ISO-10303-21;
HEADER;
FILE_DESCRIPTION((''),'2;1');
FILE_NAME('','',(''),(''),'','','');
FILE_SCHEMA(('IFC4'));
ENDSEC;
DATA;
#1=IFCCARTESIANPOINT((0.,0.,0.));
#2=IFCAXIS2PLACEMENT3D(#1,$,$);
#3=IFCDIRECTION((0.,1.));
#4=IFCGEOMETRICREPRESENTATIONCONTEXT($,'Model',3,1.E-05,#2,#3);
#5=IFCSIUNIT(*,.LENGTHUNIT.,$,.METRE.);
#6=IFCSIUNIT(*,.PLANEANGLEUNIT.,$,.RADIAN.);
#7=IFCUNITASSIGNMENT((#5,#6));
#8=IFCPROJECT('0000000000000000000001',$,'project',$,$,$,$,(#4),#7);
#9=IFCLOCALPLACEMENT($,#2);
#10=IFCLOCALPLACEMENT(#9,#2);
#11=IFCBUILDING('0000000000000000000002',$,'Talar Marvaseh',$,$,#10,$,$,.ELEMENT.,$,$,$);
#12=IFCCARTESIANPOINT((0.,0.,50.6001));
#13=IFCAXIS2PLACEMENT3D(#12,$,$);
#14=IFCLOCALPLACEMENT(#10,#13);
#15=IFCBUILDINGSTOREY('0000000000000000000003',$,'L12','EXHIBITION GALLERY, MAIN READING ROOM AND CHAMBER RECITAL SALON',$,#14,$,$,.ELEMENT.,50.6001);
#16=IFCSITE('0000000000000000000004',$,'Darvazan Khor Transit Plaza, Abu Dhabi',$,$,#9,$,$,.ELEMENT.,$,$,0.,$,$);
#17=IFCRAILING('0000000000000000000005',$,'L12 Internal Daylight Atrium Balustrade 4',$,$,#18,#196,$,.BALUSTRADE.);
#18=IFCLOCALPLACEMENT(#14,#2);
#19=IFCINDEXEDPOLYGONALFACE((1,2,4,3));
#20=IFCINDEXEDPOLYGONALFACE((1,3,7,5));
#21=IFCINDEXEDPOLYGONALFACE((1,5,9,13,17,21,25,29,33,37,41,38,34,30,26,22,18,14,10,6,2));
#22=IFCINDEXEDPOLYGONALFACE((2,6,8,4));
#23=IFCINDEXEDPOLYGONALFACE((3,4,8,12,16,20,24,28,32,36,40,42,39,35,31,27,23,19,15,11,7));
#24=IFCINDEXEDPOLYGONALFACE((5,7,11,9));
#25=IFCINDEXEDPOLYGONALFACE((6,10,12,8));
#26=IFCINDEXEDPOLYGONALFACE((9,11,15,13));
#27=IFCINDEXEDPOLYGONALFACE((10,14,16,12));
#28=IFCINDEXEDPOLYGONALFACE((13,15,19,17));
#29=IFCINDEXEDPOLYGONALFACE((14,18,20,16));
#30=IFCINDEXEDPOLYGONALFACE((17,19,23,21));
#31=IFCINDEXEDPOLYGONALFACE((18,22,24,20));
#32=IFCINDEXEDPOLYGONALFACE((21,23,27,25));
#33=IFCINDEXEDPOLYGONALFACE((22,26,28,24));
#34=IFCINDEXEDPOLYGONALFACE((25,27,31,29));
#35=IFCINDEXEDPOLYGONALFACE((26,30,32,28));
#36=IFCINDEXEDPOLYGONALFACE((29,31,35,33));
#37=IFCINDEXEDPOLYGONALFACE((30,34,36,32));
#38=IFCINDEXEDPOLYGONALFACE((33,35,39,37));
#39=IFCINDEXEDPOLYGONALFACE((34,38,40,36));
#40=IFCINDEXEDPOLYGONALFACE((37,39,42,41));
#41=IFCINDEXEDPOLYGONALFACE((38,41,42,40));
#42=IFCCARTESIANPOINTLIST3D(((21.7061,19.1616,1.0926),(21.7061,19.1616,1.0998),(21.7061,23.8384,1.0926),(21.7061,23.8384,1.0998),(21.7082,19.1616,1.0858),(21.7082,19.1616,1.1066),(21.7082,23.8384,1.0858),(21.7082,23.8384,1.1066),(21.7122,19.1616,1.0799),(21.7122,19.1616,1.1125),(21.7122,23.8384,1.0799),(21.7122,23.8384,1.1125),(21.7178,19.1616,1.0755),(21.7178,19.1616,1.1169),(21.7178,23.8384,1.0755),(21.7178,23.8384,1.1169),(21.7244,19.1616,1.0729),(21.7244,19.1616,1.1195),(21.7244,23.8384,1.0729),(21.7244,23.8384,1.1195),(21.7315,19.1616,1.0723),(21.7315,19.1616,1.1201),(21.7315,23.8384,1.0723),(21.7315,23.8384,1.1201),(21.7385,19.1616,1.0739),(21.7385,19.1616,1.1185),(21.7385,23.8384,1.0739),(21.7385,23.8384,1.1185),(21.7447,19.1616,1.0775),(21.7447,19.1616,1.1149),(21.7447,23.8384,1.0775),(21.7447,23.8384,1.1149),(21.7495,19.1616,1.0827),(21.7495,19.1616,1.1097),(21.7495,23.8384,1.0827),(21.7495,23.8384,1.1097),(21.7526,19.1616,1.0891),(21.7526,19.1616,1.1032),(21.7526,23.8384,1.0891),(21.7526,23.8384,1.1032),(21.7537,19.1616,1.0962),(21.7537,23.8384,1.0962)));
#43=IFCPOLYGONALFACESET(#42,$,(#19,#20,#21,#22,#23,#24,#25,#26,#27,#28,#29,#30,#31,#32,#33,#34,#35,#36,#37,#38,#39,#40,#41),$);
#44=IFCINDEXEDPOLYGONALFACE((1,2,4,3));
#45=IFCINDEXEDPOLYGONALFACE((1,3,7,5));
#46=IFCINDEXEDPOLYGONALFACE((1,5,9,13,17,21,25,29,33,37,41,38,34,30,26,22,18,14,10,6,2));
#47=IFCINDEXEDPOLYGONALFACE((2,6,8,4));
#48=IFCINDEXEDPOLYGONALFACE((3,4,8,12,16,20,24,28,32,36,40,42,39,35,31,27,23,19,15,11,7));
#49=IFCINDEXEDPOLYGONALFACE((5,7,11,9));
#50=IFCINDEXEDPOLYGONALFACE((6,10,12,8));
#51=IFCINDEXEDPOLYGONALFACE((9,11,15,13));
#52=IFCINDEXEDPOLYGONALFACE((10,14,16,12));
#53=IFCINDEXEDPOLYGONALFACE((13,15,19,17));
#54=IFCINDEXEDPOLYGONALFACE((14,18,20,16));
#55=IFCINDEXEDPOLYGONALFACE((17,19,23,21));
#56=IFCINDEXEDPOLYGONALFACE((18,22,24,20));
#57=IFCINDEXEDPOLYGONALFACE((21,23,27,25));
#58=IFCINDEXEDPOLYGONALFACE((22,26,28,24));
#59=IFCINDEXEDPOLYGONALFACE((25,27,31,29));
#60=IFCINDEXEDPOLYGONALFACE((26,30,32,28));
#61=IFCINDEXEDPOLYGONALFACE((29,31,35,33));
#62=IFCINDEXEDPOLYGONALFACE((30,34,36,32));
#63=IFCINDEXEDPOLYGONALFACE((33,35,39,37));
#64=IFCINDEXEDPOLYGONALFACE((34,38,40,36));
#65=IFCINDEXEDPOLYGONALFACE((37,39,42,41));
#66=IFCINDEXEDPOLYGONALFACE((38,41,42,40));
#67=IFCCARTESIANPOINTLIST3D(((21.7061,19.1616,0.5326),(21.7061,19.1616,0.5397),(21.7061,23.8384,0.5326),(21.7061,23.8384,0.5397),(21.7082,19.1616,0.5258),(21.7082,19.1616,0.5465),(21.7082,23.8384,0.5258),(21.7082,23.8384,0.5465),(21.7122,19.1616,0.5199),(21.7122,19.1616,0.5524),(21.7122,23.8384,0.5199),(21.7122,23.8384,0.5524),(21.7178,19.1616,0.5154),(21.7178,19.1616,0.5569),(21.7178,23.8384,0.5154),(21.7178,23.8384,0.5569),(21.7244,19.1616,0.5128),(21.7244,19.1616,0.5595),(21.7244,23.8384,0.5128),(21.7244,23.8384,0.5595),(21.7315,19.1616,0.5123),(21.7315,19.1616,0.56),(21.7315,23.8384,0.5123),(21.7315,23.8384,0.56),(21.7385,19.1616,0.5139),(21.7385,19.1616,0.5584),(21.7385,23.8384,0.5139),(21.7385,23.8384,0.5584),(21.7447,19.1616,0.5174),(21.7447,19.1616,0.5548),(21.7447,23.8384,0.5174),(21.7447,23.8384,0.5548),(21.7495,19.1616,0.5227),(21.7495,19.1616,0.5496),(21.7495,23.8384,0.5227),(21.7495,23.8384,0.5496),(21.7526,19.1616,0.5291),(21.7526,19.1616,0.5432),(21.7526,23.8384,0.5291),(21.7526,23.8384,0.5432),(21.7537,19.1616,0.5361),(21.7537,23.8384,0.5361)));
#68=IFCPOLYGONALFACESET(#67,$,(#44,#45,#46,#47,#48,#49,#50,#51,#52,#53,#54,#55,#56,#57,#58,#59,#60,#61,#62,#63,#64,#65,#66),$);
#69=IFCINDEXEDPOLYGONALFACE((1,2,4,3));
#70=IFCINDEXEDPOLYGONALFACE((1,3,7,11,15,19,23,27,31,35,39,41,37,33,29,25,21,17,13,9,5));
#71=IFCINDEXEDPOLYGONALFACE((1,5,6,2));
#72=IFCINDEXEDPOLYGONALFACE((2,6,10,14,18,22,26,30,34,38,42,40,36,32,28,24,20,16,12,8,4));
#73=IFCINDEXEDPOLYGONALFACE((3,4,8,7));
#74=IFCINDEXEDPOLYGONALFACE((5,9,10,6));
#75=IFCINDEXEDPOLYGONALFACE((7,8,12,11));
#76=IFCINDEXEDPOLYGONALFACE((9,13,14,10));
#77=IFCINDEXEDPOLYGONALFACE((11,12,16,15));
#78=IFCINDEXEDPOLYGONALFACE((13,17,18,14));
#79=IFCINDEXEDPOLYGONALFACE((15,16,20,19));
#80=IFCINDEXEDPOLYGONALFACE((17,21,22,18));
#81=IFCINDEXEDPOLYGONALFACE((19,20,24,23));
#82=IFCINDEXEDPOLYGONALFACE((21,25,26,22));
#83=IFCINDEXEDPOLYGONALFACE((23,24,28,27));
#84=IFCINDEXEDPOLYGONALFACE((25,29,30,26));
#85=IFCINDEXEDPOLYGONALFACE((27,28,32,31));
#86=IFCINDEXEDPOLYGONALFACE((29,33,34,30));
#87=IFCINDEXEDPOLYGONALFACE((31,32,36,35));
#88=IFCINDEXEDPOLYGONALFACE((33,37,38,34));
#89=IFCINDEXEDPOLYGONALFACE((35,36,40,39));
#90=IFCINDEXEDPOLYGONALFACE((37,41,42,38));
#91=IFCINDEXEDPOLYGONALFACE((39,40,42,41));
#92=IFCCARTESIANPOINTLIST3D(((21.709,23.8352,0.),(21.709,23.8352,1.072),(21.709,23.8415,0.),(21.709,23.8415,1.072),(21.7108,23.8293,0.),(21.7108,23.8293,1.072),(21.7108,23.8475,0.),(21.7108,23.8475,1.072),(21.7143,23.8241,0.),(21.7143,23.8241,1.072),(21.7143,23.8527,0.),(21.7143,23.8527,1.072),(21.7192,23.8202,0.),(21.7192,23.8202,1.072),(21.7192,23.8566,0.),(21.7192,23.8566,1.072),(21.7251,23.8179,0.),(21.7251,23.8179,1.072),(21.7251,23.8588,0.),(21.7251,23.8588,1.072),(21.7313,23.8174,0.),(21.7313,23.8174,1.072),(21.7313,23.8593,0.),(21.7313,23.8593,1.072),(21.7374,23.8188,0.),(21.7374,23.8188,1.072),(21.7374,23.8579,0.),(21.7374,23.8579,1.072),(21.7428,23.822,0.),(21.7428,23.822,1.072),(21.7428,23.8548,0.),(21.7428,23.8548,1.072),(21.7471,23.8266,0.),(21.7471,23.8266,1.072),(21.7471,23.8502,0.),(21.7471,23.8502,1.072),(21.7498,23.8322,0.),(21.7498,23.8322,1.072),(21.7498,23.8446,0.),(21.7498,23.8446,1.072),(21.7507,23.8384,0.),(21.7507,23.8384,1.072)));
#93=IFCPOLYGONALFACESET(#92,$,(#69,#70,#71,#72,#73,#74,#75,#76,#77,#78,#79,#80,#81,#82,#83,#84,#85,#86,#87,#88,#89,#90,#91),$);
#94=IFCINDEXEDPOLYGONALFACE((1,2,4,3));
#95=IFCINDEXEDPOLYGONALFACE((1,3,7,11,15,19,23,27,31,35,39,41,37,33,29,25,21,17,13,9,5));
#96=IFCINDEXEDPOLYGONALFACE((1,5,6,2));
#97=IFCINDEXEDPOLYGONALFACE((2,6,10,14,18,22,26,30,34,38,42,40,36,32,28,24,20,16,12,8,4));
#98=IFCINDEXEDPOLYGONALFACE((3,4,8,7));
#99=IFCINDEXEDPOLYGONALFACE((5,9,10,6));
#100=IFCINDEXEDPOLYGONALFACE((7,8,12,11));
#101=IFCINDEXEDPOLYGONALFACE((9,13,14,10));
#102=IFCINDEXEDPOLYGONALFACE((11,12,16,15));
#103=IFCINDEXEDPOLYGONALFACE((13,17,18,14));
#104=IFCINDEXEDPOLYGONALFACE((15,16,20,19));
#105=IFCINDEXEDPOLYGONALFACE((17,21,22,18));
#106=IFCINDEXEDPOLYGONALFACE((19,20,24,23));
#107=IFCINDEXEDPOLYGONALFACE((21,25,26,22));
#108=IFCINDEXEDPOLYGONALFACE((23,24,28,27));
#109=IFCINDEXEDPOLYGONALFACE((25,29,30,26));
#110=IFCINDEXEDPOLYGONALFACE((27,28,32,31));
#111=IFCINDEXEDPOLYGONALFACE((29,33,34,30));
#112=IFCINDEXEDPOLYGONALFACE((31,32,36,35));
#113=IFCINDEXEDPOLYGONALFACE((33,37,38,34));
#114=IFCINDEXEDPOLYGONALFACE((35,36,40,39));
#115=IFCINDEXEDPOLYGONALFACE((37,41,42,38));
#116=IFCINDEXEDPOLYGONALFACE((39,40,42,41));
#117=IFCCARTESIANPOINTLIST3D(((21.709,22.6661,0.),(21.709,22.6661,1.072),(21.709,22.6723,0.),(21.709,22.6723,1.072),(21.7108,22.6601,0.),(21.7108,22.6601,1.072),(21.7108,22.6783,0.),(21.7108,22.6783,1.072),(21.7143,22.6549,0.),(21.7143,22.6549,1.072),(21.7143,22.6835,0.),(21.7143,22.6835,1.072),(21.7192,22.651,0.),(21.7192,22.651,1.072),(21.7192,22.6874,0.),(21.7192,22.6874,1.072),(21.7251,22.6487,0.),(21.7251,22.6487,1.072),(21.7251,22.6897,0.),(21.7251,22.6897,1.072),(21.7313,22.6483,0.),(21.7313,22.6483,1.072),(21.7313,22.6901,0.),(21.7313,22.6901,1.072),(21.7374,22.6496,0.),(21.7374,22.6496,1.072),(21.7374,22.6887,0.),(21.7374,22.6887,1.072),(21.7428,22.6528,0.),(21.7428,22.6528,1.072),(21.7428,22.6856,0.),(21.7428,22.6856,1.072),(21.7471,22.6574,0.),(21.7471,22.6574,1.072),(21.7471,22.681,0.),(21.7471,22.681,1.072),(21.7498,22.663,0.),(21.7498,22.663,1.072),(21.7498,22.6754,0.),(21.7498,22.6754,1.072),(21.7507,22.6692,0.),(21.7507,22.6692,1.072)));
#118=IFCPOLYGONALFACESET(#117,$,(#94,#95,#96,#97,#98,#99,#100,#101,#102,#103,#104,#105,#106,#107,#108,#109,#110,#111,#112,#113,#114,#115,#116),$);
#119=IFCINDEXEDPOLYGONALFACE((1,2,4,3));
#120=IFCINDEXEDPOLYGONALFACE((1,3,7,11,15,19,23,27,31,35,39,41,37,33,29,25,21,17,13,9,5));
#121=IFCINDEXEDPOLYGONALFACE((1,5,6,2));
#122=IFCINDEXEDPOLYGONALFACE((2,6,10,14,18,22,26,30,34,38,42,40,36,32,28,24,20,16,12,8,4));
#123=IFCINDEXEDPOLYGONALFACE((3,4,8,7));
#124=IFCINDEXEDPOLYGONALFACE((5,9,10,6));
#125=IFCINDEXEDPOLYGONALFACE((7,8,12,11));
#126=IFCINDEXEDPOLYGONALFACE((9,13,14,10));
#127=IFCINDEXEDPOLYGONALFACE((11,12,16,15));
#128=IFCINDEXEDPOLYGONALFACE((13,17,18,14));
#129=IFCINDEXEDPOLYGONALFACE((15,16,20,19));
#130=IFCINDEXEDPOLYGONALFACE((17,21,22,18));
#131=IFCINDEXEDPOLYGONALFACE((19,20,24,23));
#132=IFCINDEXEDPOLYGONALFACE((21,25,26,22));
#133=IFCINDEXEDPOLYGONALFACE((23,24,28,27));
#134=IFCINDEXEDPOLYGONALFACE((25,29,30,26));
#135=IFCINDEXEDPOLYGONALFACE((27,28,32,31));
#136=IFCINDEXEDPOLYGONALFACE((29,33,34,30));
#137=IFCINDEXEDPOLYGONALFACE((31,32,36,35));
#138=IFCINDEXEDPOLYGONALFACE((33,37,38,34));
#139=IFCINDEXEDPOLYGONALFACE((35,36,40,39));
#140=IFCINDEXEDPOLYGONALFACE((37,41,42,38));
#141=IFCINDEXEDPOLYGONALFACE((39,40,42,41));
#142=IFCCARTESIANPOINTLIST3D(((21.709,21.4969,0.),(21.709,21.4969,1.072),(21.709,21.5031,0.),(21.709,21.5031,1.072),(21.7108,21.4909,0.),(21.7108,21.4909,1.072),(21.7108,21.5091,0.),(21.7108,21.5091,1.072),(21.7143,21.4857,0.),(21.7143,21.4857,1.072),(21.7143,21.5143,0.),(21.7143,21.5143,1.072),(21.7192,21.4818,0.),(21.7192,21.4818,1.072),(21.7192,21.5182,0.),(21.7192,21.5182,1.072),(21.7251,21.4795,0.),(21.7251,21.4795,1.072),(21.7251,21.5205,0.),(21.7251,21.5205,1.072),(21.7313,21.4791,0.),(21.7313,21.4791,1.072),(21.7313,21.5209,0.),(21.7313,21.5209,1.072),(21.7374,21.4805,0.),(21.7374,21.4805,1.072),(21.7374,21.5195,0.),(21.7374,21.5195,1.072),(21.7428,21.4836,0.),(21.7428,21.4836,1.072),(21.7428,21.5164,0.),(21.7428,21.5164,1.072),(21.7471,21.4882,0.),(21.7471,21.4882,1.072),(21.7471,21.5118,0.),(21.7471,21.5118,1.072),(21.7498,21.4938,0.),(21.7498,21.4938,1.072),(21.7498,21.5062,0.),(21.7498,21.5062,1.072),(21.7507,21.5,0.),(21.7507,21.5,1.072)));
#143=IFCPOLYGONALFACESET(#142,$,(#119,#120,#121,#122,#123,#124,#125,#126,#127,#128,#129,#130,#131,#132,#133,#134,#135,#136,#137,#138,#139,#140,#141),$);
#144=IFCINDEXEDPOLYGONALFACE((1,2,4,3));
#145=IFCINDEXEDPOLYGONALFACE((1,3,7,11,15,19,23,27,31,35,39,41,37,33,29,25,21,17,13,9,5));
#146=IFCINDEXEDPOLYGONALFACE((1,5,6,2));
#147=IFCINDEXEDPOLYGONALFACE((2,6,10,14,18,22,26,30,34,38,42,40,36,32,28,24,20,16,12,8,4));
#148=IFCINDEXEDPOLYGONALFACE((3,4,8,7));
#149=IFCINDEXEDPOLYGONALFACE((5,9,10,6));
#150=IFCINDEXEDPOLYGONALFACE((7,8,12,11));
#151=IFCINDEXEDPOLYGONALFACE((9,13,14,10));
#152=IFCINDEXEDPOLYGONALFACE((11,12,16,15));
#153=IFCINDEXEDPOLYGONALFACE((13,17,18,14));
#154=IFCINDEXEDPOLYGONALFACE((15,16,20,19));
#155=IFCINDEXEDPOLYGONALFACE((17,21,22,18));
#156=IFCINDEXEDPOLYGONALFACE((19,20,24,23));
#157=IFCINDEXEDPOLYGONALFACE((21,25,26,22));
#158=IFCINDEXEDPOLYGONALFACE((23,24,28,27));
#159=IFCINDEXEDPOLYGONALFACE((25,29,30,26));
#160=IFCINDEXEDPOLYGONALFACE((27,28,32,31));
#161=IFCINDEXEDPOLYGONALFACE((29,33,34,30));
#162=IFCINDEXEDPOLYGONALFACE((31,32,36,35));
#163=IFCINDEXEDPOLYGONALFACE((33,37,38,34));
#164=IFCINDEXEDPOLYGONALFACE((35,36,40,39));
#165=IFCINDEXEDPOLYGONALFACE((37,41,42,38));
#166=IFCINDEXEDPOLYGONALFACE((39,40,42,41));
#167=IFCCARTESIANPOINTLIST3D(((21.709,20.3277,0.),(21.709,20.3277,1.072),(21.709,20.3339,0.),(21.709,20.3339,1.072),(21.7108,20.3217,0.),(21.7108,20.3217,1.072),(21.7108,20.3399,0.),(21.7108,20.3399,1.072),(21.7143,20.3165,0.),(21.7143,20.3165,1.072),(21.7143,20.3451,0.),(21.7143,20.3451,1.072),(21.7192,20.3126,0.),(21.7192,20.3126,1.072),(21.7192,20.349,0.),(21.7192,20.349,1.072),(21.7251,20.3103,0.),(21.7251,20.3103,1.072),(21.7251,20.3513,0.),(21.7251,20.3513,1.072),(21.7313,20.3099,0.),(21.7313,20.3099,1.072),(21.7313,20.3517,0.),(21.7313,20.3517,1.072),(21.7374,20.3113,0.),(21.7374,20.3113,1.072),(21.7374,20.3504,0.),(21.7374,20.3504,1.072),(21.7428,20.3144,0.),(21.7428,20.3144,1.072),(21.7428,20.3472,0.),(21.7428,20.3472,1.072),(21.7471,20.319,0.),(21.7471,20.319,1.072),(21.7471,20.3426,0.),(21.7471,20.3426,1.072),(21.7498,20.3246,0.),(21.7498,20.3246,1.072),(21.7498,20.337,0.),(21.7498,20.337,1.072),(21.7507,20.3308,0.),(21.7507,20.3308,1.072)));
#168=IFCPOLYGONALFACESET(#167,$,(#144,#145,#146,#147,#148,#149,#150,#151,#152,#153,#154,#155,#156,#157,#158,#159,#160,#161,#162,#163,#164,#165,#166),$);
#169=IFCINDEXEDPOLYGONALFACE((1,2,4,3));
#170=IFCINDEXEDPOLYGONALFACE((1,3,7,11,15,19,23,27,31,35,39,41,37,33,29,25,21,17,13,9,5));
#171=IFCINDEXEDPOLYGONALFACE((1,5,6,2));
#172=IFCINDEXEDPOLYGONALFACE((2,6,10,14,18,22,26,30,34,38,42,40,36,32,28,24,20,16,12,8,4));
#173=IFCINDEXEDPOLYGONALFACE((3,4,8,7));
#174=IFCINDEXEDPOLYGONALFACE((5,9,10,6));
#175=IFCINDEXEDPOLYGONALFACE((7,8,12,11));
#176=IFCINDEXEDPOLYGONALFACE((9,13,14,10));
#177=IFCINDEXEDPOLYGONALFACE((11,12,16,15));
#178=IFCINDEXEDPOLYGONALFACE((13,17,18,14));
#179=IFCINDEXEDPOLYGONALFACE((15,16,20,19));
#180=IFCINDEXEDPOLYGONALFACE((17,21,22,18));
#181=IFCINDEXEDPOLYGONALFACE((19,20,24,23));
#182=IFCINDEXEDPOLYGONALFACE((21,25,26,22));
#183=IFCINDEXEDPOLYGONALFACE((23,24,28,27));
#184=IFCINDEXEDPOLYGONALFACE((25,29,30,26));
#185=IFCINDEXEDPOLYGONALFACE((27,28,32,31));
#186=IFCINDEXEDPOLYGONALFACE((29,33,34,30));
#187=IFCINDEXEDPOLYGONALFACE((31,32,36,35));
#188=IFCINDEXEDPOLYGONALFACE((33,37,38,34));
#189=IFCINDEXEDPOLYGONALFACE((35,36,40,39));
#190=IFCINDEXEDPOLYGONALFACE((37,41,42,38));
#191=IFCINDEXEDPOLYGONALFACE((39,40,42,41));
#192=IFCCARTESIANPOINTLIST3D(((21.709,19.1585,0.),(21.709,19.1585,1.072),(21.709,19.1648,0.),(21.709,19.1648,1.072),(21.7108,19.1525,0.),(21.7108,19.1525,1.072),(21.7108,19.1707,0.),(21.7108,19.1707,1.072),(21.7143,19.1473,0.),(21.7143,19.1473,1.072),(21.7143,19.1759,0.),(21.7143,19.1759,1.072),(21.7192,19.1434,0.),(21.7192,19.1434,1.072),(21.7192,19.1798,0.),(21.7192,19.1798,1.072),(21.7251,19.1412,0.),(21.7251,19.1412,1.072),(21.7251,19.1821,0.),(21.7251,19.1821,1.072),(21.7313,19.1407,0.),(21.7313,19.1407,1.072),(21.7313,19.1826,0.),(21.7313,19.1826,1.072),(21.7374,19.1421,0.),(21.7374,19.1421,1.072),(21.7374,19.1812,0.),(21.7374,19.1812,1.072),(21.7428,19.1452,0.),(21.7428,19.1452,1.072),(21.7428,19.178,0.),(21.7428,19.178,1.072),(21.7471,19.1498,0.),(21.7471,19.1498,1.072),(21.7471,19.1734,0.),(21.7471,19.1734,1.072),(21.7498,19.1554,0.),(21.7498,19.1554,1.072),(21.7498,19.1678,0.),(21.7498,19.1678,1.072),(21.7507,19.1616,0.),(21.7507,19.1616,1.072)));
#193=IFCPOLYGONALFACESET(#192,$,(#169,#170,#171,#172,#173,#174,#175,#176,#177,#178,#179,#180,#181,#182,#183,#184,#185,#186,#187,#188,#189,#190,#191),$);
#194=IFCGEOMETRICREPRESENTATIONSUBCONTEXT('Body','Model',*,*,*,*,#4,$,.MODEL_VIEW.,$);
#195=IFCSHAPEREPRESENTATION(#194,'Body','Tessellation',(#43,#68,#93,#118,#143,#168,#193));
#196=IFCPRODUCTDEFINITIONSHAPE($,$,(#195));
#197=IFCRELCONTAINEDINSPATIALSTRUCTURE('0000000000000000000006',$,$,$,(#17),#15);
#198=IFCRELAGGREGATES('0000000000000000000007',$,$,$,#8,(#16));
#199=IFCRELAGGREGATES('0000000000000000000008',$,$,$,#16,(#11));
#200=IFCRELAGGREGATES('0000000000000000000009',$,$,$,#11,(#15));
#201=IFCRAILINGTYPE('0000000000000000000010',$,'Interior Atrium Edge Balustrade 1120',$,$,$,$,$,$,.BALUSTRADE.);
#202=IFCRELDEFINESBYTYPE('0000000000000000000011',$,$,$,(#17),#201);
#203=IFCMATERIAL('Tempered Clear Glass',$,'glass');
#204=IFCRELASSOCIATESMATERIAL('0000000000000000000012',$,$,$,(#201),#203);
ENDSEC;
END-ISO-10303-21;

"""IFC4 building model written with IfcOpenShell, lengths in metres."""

from ifc_helpers import new_model, si_unit, direction, frame, origin, origin_2d, place, context, subcontext, project, spatial, circle, extrude, material, type_object, element, save


model = new_model("IFC4")

# Units and contexts
model_context = context("Model", 3, precision=1e-05, world=origin(), true_north=direction((0.0, 1.0)))
body_context = subcontext(model_context, "Body", "Model", "MODEL_VIEW")
ifc_project = project(units=[si_unit("LENGTHUNIT", "METRE"), si_unit("PLANEANGLEUNIT", "RADIAN")], contexts=[model_context])

# Site, building, storey
site_placement = place(None, origin())
site = spatial("IfcSite", under=ifc_project, at=site_placement, Name="Darvazan Khor Transit Plaza, Abu Dhabi", CompositionType="ELEMENT", RefElevation=0.0)
building_placement = place(site_placement, origin())
building = spatial("IfcBuilding", under=site, at=building_placement, Name="Talar Marvaseh", CompositionType="ELEMENT")
storey_placement = place(building_placement, frame((0.0, 0.0, 50.6001)))
storey = spatial("IfcBuildingStorey", under=building, at=storey_placement, Name="L12", Description="EXHIBITION GALLERY, MAIN READING ROOM AND CHAMBER RECITAL SALON", CompositionType="ELEMENT", Elevation=50.6001)

# Railing
ifc_material_1 = material(Name="Tempered Clear Glass", Category="glass")
railing_type_1 = type_object("IfcRailingType", Name="Interior Atrium Edge Balustrade 1120", PredefinedType="BALUSTRADE", material=ifc_material_1)
railing_1_placement = place(storey_placement, frame((21.7297, 23.8384, 0.0)))
element("IfcRailing", 1, at=railing_1_placement, inside=storey, type_object=railing_type_1, Name="L12 Internal Daylight Atrium Balustrade 4", PredefinedType="BALUSTRADE", context=body_context, shape_type="SweptSolid", body=[
    extrude(circle(Radius=0.0239, at=origin_2d()), frame((0.0, 0.0, 1.0962), z_axis=(0.0, -1.0, 0.0), x_axis=(1.0, 0.0, 0.0)), (0.0, 0.0, 1.0), 4.6768),
    extrude(circle(Radius=0.0239, at=origin_2d()), frame((0.0, 0.0, 0.5361), z_axis=(0.0, -1.0, 0.0), x_axis=(1.0, 0.0, 0.0)), (0.0, 0.0, 1.0), 4.6768),
    extrude(circle(Radius=0.021, at=origin_2d()), origin(), (0.0, 0.0, 1.0), 1.072),
    extrude(circle(Radius=0.021, at=origin_2d()), frame((0.0, -1.1692, 0.0)), (0.0, 0.0, 1.0), 1.072),
    extrude(circle(Radius=0.021, at=origin_2d()), frame((0.0, -2.3384, 0.0)), (0.0, 0.0, 1.0), 1.072),
    extrude(circle(Radius=0.021, at=origin_2d()), frame((0.0, -3.5076, 0.0)), (0.0, 0.0, 1.0), 1.072),
    extrude(circle(Radius=0.021, at=origin_2d()), frame((0.0, -4.6768, 0.0)), (0.0, 0.0, 1.0), 1.072),
])

save(model, "model.ifc")
